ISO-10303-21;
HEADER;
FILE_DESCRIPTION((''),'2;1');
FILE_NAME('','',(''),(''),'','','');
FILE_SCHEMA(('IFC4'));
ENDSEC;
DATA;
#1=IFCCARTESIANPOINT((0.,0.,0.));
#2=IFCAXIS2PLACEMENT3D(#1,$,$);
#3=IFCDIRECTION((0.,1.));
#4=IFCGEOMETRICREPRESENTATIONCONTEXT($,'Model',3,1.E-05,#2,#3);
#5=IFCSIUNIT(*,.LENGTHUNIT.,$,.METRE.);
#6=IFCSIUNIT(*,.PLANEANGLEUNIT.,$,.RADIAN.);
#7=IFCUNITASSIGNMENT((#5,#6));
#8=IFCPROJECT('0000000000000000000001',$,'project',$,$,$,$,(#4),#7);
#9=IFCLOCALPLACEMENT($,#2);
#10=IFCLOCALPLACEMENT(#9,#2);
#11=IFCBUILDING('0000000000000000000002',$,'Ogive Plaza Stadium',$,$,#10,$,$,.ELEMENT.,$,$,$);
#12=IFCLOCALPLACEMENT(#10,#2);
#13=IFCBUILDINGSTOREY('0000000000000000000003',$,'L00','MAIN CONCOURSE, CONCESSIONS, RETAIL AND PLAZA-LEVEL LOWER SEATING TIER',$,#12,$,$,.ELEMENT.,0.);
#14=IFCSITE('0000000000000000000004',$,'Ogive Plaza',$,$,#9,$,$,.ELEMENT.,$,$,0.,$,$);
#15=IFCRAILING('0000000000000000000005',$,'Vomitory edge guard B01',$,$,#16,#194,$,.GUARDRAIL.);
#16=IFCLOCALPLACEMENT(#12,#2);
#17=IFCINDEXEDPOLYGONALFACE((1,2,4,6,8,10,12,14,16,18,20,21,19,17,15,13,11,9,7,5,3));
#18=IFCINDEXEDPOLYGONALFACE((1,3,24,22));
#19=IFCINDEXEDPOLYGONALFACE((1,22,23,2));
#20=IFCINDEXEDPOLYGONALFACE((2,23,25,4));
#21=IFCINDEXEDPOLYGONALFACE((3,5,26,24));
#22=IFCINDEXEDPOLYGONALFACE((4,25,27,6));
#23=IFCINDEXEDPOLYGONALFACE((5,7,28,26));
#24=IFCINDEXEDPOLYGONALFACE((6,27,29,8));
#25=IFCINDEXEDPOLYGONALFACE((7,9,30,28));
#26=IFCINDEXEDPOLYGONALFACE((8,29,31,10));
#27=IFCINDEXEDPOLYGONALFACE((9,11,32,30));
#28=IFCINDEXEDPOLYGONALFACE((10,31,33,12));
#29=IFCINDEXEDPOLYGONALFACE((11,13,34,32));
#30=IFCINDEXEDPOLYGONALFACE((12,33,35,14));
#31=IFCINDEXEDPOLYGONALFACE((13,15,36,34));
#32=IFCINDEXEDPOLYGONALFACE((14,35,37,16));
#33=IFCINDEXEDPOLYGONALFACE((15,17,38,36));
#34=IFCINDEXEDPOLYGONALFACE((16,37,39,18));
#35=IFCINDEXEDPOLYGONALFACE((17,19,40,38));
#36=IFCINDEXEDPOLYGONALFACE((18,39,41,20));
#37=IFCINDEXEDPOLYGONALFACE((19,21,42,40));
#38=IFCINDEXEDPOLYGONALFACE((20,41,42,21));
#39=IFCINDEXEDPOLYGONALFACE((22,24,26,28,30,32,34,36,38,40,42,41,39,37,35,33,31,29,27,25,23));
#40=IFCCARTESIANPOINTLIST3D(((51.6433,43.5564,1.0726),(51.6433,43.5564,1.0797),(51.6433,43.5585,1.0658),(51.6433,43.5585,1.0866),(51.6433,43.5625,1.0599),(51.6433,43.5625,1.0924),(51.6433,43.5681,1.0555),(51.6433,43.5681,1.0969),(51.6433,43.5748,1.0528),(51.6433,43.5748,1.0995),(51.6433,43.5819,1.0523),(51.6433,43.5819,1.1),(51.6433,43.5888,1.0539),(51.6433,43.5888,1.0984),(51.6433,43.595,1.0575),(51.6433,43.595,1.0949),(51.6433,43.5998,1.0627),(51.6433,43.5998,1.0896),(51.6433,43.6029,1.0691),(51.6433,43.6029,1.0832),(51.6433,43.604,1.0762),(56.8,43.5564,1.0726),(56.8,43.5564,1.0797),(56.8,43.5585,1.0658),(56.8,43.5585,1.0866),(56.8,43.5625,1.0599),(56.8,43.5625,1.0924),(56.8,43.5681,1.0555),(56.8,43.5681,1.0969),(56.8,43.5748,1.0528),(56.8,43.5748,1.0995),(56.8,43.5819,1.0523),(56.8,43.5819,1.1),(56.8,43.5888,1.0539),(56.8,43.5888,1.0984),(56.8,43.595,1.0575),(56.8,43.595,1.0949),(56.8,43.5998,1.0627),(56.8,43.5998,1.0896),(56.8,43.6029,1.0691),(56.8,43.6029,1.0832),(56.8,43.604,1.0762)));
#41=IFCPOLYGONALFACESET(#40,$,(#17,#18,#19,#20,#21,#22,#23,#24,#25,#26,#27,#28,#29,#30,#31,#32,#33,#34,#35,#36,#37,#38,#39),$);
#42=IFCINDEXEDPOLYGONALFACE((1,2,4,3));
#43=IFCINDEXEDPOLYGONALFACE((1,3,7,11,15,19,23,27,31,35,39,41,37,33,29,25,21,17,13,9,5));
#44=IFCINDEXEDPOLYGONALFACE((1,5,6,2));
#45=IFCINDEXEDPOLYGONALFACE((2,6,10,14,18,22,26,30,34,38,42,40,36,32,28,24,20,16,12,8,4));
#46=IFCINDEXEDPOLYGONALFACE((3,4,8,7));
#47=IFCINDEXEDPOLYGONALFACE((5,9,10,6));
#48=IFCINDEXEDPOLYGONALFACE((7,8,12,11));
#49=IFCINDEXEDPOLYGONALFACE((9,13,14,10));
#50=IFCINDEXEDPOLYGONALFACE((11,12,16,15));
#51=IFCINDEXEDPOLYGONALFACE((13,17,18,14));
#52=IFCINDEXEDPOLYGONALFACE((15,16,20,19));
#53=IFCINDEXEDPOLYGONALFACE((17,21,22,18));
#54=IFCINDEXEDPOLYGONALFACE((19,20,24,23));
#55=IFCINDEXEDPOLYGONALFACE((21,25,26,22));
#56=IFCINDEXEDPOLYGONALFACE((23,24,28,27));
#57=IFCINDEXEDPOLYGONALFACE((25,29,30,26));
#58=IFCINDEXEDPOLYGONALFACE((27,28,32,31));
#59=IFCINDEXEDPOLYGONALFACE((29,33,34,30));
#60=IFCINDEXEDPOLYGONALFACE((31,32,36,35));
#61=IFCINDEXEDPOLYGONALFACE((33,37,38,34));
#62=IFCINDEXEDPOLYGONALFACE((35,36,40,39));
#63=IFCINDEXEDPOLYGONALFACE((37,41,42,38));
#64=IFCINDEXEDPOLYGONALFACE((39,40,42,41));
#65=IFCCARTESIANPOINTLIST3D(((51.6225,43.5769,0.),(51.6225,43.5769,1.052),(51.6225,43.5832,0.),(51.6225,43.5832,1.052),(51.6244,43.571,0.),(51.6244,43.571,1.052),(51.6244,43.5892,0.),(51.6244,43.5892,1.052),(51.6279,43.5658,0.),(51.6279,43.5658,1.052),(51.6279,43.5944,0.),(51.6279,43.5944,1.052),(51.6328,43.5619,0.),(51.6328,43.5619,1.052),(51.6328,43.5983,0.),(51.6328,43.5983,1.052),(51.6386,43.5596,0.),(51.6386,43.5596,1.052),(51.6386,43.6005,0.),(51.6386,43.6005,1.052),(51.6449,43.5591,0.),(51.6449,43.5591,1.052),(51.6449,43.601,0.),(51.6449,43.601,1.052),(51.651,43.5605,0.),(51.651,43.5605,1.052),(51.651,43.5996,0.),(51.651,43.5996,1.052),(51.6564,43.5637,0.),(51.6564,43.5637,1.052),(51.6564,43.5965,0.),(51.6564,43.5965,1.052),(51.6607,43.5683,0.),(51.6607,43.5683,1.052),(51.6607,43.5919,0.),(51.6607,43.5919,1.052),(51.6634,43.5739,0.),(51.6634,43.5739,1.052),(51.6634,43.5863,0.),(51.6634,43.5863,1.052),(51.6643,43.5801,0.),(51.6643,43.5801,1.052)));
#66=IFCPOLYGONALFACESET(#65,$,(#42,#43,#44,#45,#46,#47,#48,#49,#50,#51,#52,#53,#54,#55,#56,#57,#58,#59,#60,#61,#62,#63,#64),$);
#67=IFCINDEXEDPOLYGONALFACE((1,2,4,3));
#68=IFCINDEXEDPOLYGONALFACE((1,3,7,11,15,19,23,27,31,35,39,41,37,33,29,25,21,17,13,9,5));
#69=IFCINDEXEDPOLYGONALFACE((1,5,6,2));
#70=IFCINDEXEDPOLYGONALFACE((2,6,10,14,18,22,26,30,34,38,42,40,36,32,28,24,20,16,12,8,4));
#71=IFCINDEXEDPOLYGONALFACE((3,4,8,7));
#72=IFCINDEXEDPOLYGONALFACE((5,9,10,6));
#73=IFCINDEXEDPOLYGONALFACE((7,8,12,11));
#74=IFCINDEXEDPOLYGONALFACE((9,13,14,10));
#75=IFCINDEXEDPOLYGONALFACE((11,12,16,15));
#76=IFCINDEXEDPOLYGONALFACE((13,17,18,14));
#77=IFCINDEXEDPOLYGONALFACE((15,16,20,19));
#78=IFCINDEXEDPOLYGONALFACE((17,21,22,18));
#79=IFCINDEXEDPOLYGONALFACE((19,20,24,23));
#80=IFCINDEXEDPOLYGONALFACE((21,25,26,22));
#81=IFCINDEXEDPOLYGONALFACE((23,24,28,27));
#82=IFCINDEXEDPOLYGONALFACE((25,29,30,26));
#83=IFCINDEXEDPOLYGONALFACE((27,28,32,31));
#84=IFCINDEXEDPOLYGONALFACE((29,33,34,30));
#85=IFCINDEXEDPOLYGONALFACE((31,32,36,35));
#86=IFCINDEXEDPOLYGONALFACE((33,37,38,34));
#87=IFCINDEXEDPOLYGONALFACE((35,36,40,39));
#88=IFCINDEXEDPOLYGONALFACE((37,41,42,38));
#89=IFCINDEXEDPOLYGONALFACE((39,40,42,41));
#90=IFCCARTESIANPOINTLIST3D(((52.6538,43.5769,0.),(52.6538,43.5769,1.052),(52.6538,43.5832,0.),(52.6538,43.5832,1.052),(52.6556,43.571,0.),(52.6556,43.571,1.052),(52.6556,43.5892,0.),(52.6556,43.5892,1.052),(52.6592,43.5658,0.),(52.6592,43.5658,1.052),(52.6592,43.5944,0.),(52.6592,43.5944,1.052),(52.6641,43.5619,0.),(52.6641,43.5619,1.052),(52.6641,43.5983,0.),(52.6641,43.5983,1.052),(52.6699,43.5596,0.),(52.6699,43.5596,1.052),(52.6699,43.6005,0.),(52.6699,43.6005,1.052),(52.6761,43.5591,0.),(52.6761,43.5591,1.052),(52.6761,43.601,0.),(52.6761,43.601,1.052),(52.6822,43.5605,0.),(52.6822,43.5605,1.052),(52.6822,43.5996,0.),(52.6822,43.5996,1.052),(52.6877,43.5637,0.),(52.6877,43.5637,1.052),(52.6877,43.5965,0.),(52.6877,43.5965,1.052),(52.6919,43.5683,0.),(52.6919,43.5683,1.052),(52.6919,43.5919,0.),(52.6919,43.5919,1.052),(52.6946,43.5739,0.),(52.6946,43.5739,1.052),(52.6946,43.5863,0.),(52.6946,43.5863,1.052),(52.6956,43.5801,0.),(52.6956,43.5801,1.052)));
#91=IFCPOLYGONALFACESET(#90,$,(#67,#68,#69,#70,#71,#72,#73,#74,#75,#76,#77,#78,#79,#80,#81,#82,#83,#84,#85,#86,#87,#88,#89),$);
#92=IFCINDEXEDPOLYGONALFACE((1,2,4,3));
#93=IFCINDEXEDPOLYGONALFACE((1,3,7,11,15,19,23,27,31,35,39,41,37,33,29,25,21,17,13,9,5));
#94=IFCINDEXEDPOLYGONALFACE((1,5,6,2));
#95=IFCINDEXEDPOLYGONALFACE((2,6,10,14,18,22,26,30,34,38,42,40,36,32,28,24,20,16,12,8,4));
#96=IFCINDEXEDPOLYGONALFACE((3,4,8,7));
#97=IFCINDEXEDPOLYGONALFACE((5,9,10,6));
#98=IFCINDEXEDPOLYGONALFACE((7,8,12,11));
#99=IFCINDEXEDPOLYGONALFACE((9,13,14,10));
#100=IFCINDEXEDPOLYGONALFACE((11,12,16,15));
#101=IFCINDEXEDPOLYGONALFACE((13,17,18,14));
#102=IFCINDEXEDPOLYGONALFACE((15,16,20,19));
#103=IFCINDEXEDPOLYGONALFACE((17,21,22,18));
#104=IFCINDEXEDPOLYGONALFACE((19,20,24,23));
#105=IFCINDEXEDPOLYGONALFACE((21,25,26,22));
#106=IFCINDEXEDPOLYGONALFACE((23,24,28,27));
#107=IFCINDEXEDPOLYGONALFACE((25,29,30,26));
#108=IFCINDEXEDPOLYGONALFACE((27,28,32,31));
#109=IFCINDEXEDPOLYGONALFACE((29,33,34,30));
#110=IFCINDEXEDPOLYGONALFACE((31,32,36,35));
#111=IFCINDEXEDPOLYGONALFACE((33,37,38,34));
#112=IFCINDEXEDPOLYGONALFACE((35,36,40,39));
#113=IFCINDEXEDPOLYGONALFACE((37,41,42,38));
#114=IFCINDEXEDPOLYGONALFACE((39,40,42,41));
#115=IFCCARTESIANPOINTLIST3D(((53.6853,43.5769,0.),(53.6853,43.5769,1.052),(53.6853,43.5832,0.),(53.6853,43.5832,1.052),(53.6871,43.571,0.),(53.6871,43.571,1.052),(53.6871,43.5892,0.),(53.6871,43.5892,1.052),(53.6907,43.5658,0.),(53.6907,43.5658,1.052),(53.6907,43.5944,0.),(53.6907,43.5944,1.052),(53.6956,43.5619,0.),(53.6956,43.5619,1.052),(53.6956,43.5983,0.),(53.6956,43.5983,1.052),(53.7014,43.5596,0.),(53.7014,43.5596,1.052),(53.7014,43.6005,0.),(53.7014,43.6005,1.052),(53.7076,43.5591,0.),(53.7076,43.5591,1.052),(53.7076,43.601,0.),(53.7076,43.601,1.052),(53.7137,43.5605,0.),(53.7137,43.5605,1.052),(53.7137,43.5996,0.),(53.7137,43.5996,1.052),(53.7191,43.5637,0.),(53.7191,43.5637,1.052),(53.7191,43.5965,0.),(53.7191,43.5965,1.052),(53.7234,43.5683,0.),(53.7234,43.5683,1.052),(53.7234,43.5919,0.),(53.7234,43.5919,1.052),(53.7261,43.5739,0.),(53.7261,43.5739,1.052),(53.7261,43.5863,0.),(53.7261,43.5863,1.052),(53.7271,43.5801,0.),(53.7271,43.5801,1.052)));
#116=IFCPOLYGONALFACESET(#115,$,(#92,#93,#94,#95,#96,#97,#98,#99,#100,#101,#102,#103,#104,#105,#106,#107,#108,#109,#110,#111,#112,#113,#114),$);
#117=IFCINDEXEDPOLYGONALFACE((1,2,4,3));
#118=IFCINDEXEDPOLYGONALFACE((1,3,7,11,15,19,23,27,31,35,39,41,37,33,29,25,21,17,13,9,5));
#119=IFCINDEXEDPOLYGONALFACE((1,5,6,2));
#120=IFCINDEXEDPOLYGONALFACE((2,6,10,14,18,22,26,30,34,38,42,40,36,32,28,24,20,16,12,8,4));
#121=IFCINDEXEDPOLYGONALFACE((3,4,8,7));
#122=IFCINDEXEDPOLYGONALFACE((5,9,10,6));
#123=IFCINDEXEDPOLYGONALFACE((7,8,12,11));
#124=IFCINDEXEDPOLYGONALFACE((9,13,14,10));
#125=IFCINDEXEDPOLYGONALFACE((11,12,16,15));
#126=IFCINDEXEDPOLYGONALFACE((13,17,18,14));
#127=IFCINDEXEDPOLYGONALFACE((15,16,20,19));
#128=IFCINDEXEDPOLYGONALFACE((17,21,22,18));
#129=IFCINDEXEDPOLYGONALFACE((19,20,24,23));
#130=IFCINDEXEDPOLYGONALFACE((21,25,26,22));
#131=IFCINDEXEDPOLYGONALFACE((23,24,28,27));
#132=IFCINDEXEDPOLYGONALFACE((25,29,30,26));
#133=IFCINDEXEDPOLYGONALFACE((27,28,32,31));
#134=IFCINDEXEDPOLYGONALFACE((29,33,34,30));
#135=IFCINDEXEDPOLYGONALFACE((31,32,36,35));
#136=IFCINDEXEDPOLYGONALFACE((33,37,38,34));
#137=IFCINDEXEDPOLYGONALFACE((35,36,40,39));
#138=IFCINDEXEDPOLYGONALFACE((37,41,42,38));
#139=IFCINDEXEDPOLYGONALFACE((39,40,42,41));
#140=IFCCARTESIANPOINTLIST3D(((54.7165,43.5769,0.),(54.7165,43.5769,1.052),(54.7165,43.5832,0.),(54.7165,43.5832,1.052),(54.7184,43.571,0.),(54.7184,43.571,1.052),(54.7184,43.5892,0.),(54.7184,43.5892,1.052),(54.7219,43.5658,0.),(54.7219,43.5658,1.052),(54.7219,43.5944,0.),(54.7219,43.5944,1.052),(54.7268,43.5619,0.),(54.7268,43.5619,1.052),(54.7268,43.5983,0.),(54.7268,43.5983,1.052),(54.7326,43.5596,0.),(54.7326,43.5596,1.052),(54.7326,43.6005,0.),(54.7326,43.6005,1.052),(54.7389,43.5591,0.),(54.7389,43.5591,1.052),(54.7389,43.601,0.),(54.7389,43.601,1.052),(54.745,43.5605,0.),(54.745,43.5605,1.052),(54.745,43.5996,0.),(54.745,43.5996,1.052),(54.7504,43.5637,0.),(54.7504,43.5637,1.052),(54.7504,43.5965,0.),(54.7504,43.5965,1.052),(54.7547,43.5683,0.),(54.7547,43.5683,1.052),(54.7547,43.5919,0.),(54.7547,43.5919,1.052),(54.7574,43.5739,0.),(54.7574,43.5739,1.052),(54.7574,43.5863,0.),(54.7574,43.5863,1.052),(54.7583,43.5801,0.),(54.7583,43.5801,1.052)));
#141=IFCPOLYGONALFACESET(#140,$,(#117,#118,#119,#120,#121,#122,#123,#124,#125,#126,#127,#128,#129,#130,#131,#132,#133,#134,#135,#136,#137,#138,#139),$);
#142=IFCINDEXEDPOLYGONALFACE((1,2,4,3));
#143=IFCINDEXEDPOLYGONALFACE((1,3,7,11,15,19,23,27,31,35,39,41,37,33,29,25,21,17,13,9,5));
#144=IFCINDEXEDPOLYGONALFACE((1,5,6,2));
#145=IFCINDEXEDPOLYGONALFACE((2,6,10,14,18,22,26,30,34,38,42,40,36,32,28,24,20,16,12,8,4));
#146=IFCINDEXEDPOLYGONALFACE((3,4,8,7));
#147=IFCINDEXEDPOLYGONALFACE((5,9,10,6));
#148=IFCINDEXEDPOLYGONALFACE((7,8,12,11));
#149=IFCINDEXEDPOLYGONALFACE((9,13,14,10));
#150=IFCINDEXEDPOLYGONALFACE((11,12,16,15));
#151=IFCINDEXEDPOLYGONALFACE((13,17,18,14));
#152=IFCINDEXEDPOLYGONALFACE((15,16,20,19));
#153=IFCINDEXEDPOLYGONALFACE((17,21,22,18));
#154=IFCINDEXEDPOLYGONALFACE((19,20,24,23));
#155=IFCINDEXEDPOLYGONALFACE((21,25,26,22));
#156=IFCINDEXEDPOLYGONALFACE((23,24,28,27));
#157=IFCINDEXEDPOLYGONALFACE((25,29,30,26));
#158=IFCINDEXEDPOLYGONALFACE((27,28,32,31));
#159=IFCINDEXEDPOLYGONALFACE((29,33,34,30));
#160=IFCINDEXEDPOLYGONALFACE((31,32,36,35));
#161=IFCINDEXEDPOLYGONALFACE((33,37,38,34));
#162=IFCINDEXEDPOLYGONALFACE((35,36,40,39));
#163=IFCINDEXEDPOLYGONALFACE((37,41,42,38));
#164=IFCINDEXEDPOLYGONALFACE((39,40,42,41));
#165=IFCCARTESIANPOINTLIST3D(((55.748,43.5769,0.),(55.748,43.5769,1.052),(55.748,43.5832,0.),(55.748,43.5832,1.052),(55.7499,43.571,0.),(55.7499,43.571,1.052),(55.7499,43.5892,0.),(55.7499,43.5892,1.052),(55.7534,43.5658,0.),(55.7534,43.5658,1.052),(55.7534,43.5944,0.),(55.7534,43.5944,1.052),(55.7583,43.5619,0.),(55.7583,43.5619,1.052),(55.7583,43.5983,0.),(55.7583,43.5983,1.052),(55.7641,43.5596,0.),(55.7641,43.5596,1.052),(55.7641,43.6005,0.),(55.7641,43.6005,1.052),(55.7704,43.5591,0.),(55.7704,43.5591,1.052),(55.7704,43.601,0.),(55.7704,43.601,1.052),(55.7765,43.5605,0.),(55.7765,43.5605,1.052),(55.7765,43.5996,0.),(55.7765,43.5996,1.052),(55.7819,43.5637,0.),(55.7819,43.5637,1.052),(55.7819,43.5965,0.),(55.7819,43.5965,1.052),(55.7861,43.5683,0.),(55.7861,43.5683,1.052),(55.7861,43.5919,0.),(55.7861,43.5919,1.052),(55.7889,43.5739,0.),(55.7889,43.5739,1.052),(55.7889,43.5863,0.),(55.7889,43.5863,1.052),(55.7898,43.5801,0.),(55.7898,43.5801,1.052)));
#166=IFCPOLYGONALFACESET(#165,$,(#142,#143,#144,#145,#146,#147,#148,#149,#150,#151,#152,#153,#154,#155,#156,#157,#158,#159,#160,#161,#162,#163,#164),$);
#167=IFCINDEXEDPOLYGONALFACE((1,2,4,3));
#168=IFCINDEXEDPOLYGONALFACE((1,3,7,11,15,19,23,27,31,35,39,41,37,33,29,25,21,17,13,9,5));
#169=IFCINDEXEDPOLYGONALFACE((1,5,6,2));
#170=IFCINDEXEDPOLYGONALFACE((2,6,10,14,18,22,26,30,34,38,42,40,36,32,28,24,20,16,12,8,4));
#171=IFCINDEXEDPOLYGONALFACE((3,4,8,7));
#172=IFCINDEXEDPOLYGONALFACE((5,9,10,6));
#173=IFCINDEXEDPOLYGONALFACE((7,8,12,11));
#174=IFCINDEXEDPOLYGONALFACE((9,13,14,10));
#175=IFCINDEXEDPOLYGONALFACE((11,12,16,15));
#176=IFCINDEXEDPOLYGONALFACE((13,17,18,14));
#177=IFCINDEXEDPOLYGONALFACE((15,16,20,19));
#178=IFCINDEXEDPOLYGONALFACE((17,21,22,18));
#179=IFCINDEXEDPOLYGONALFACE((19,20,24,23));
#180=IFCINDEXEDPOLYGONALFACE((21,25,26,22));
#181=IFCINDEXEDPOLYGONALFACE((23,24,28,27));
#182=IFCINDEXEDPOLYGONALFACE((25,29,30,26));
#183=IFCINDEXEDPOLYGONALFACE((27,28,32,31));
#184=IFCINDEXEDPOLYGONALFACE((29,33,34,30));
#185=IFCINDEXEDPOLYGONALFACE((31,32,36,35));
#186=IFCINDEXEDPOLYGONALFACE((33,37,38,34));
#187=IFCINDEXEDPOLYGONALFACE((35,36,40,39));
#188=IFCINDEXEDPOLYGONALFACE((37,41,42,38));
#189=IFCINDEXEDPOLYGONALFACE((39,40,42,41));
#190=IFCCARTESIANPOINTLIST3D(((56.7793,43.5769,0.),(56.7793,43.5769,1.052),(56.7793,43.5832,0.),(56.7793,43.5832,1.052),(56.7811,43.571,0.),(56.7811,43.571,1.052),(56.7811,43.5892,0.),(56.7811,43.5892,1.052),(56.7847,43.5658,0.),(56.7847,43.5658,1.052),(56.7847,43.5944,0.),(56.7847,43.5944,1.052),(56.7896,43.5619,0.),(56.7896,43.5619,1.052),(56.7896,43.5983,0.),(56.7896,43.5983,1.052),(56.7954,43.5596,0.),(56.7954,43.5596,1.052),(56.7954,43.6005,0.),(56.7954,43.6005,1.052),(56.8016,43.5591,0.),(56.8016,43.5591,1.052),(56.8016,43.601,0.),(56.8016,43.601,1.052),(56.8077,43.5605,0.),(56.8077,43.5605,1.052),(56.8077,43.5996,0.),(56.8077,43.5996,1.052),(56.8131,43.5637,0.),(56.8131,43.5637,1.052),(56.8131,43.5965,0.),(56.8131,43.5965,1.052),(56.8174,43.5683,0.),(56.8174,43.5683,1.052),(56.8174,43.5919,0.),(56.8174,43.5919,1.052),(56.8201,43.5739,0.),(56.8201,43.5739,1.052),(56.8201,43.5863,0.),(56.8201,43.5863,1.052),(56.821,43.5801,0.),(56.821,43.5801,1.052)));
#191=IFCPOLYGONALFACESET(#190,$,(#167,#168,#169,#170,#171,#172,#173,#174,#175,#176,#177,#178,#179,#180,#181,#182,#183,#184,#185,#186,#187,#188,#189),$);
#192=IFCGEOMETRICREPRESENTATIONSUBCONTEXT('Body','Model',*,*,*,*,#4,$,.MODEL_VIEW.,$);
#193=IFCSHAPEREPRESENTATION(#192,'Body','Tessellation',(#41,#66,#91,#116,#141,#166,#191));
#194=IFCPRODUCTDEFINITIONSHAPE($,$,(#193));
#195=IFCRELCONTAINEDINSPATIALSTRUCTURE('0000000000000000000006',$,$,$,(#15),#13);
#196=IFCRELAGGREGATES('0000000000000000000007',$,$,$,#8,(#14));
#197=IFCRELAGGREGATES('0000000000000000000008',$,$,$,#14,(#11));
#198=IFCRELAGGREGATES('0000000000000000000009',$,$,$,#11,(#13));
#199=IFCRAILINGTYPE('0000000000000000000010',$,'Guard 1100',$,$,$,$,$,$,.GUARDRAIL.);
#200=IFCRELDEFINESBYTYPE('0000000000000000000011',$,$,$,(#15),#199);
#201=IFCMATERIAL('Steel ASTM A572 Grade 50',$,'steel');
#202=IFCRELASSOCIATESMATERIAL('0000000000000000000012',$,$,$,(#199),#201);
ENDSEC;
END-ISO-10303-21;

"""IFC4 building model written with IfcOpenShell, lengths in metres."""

from ifc_helpers import new_model, si_unit, direction, frame, origin, origin_2d, place, context, subcontext, project, spatial, circle, extrude, material, type_object, element, save


model = new_model("IFC4")

# Units and contexts
model_context = context("Model", 3, precision=1e-05, world=origin(), true_north=direction((0.0, 1.0)))
body_context = subcontext(model_context, "Body", "Model", "MODEL_VIEW")
ifc_project = project(units=[si_unit("LENGTHUNIT", "METRE"), si_unit("PLANEANGLEUNIT", "RADIAN")], contexts=[model_context])

# Site, building, storey
site_placement = place(None, origin())
site = spatial("IfcSite", under=ifc_project, at=site_placement, Name="Ogive Plaza", CompositionType="ELEMENT", RefElevation=0.0)
building_placement = place(site_placement, origin())
building = spatial("IfcBuilding", under=site, at=building_placement, Name="Ogive Plaza Stadium", CompositionType="ELEMENT")
storey_placement = place(building_placement, origin())
storey = spatial("IfcBuildingStorey", under=building, at=storey_placement, Name="L00", Description="MAIN CONCOURSE, CONCESSIONS, RETAIL AND PLAZA-LEVEL LOWER SEATING TIER", CompositionType="ELEMENT", Elevation=0.0)

# Railing
ifc_material_1 = material(Name="Steel ASTM A572 Grade 50", Category="steel")
railing_type = type_object("IfcRailingType", Name="Guard 1100", PredefinedType="GUARDRAIL", material=ifc_material_1)
for number, where, name in (
    (1, (51.6433, 43.5801, 0.0), "Vomitory edge guard B01"),
):
    element("IfcRailing", number, at=place(storey_placement, frame(where)), inside=storey, type_object=railing_type, Name=name, PredefinedType="GUARDRAIL", context=body_context, shape_type="SweptSolid", body=[
        extrude(circle(Radius=0.0239, at=origin_2d()), frame((0.0, 0.0, 1.0762), z_axis=(1.0, 0.0, 0.0), x_axis=(0.0, 1.0, 0.0)), (0.0, 0.0, 1.0), 5.1567),
        extrude(circle(Radius=0.021, at=origin_2d()), origin(), (0.0, 0.0, 1.0), 1.052),
        extrude(circle(Radius=0.021, at=origin_2d()), frame((1.0312, 0.0, 0.0)), (0.0, 0.0, 1.0), 1.052),
        extrude(circle(Radius=0.021, at=origin_2d()), frame((2.0627, 0.0, 0.0)), (0.0, 0.0, 1.0), 1.052),
        extrude(circle(Radius=0.021, at=origin_2d()), frame((3.094, 0.0, 0.0)), (0.0, 0.0, 1.0), 1.052),
        extrude(circle(Radius=0.021, at=origin_2d()), frame((4.1255, 0.0, 0.0)), (0.0, 0.0, 1.0), 1.052),
        extrude(circle(Radius=0.021, at=origin_2d()), frame((5.1567, 0.0, 0.0)), (0.0, 0.0, 1.0), 1.052),
    ])

save(model, "model.ifc")
